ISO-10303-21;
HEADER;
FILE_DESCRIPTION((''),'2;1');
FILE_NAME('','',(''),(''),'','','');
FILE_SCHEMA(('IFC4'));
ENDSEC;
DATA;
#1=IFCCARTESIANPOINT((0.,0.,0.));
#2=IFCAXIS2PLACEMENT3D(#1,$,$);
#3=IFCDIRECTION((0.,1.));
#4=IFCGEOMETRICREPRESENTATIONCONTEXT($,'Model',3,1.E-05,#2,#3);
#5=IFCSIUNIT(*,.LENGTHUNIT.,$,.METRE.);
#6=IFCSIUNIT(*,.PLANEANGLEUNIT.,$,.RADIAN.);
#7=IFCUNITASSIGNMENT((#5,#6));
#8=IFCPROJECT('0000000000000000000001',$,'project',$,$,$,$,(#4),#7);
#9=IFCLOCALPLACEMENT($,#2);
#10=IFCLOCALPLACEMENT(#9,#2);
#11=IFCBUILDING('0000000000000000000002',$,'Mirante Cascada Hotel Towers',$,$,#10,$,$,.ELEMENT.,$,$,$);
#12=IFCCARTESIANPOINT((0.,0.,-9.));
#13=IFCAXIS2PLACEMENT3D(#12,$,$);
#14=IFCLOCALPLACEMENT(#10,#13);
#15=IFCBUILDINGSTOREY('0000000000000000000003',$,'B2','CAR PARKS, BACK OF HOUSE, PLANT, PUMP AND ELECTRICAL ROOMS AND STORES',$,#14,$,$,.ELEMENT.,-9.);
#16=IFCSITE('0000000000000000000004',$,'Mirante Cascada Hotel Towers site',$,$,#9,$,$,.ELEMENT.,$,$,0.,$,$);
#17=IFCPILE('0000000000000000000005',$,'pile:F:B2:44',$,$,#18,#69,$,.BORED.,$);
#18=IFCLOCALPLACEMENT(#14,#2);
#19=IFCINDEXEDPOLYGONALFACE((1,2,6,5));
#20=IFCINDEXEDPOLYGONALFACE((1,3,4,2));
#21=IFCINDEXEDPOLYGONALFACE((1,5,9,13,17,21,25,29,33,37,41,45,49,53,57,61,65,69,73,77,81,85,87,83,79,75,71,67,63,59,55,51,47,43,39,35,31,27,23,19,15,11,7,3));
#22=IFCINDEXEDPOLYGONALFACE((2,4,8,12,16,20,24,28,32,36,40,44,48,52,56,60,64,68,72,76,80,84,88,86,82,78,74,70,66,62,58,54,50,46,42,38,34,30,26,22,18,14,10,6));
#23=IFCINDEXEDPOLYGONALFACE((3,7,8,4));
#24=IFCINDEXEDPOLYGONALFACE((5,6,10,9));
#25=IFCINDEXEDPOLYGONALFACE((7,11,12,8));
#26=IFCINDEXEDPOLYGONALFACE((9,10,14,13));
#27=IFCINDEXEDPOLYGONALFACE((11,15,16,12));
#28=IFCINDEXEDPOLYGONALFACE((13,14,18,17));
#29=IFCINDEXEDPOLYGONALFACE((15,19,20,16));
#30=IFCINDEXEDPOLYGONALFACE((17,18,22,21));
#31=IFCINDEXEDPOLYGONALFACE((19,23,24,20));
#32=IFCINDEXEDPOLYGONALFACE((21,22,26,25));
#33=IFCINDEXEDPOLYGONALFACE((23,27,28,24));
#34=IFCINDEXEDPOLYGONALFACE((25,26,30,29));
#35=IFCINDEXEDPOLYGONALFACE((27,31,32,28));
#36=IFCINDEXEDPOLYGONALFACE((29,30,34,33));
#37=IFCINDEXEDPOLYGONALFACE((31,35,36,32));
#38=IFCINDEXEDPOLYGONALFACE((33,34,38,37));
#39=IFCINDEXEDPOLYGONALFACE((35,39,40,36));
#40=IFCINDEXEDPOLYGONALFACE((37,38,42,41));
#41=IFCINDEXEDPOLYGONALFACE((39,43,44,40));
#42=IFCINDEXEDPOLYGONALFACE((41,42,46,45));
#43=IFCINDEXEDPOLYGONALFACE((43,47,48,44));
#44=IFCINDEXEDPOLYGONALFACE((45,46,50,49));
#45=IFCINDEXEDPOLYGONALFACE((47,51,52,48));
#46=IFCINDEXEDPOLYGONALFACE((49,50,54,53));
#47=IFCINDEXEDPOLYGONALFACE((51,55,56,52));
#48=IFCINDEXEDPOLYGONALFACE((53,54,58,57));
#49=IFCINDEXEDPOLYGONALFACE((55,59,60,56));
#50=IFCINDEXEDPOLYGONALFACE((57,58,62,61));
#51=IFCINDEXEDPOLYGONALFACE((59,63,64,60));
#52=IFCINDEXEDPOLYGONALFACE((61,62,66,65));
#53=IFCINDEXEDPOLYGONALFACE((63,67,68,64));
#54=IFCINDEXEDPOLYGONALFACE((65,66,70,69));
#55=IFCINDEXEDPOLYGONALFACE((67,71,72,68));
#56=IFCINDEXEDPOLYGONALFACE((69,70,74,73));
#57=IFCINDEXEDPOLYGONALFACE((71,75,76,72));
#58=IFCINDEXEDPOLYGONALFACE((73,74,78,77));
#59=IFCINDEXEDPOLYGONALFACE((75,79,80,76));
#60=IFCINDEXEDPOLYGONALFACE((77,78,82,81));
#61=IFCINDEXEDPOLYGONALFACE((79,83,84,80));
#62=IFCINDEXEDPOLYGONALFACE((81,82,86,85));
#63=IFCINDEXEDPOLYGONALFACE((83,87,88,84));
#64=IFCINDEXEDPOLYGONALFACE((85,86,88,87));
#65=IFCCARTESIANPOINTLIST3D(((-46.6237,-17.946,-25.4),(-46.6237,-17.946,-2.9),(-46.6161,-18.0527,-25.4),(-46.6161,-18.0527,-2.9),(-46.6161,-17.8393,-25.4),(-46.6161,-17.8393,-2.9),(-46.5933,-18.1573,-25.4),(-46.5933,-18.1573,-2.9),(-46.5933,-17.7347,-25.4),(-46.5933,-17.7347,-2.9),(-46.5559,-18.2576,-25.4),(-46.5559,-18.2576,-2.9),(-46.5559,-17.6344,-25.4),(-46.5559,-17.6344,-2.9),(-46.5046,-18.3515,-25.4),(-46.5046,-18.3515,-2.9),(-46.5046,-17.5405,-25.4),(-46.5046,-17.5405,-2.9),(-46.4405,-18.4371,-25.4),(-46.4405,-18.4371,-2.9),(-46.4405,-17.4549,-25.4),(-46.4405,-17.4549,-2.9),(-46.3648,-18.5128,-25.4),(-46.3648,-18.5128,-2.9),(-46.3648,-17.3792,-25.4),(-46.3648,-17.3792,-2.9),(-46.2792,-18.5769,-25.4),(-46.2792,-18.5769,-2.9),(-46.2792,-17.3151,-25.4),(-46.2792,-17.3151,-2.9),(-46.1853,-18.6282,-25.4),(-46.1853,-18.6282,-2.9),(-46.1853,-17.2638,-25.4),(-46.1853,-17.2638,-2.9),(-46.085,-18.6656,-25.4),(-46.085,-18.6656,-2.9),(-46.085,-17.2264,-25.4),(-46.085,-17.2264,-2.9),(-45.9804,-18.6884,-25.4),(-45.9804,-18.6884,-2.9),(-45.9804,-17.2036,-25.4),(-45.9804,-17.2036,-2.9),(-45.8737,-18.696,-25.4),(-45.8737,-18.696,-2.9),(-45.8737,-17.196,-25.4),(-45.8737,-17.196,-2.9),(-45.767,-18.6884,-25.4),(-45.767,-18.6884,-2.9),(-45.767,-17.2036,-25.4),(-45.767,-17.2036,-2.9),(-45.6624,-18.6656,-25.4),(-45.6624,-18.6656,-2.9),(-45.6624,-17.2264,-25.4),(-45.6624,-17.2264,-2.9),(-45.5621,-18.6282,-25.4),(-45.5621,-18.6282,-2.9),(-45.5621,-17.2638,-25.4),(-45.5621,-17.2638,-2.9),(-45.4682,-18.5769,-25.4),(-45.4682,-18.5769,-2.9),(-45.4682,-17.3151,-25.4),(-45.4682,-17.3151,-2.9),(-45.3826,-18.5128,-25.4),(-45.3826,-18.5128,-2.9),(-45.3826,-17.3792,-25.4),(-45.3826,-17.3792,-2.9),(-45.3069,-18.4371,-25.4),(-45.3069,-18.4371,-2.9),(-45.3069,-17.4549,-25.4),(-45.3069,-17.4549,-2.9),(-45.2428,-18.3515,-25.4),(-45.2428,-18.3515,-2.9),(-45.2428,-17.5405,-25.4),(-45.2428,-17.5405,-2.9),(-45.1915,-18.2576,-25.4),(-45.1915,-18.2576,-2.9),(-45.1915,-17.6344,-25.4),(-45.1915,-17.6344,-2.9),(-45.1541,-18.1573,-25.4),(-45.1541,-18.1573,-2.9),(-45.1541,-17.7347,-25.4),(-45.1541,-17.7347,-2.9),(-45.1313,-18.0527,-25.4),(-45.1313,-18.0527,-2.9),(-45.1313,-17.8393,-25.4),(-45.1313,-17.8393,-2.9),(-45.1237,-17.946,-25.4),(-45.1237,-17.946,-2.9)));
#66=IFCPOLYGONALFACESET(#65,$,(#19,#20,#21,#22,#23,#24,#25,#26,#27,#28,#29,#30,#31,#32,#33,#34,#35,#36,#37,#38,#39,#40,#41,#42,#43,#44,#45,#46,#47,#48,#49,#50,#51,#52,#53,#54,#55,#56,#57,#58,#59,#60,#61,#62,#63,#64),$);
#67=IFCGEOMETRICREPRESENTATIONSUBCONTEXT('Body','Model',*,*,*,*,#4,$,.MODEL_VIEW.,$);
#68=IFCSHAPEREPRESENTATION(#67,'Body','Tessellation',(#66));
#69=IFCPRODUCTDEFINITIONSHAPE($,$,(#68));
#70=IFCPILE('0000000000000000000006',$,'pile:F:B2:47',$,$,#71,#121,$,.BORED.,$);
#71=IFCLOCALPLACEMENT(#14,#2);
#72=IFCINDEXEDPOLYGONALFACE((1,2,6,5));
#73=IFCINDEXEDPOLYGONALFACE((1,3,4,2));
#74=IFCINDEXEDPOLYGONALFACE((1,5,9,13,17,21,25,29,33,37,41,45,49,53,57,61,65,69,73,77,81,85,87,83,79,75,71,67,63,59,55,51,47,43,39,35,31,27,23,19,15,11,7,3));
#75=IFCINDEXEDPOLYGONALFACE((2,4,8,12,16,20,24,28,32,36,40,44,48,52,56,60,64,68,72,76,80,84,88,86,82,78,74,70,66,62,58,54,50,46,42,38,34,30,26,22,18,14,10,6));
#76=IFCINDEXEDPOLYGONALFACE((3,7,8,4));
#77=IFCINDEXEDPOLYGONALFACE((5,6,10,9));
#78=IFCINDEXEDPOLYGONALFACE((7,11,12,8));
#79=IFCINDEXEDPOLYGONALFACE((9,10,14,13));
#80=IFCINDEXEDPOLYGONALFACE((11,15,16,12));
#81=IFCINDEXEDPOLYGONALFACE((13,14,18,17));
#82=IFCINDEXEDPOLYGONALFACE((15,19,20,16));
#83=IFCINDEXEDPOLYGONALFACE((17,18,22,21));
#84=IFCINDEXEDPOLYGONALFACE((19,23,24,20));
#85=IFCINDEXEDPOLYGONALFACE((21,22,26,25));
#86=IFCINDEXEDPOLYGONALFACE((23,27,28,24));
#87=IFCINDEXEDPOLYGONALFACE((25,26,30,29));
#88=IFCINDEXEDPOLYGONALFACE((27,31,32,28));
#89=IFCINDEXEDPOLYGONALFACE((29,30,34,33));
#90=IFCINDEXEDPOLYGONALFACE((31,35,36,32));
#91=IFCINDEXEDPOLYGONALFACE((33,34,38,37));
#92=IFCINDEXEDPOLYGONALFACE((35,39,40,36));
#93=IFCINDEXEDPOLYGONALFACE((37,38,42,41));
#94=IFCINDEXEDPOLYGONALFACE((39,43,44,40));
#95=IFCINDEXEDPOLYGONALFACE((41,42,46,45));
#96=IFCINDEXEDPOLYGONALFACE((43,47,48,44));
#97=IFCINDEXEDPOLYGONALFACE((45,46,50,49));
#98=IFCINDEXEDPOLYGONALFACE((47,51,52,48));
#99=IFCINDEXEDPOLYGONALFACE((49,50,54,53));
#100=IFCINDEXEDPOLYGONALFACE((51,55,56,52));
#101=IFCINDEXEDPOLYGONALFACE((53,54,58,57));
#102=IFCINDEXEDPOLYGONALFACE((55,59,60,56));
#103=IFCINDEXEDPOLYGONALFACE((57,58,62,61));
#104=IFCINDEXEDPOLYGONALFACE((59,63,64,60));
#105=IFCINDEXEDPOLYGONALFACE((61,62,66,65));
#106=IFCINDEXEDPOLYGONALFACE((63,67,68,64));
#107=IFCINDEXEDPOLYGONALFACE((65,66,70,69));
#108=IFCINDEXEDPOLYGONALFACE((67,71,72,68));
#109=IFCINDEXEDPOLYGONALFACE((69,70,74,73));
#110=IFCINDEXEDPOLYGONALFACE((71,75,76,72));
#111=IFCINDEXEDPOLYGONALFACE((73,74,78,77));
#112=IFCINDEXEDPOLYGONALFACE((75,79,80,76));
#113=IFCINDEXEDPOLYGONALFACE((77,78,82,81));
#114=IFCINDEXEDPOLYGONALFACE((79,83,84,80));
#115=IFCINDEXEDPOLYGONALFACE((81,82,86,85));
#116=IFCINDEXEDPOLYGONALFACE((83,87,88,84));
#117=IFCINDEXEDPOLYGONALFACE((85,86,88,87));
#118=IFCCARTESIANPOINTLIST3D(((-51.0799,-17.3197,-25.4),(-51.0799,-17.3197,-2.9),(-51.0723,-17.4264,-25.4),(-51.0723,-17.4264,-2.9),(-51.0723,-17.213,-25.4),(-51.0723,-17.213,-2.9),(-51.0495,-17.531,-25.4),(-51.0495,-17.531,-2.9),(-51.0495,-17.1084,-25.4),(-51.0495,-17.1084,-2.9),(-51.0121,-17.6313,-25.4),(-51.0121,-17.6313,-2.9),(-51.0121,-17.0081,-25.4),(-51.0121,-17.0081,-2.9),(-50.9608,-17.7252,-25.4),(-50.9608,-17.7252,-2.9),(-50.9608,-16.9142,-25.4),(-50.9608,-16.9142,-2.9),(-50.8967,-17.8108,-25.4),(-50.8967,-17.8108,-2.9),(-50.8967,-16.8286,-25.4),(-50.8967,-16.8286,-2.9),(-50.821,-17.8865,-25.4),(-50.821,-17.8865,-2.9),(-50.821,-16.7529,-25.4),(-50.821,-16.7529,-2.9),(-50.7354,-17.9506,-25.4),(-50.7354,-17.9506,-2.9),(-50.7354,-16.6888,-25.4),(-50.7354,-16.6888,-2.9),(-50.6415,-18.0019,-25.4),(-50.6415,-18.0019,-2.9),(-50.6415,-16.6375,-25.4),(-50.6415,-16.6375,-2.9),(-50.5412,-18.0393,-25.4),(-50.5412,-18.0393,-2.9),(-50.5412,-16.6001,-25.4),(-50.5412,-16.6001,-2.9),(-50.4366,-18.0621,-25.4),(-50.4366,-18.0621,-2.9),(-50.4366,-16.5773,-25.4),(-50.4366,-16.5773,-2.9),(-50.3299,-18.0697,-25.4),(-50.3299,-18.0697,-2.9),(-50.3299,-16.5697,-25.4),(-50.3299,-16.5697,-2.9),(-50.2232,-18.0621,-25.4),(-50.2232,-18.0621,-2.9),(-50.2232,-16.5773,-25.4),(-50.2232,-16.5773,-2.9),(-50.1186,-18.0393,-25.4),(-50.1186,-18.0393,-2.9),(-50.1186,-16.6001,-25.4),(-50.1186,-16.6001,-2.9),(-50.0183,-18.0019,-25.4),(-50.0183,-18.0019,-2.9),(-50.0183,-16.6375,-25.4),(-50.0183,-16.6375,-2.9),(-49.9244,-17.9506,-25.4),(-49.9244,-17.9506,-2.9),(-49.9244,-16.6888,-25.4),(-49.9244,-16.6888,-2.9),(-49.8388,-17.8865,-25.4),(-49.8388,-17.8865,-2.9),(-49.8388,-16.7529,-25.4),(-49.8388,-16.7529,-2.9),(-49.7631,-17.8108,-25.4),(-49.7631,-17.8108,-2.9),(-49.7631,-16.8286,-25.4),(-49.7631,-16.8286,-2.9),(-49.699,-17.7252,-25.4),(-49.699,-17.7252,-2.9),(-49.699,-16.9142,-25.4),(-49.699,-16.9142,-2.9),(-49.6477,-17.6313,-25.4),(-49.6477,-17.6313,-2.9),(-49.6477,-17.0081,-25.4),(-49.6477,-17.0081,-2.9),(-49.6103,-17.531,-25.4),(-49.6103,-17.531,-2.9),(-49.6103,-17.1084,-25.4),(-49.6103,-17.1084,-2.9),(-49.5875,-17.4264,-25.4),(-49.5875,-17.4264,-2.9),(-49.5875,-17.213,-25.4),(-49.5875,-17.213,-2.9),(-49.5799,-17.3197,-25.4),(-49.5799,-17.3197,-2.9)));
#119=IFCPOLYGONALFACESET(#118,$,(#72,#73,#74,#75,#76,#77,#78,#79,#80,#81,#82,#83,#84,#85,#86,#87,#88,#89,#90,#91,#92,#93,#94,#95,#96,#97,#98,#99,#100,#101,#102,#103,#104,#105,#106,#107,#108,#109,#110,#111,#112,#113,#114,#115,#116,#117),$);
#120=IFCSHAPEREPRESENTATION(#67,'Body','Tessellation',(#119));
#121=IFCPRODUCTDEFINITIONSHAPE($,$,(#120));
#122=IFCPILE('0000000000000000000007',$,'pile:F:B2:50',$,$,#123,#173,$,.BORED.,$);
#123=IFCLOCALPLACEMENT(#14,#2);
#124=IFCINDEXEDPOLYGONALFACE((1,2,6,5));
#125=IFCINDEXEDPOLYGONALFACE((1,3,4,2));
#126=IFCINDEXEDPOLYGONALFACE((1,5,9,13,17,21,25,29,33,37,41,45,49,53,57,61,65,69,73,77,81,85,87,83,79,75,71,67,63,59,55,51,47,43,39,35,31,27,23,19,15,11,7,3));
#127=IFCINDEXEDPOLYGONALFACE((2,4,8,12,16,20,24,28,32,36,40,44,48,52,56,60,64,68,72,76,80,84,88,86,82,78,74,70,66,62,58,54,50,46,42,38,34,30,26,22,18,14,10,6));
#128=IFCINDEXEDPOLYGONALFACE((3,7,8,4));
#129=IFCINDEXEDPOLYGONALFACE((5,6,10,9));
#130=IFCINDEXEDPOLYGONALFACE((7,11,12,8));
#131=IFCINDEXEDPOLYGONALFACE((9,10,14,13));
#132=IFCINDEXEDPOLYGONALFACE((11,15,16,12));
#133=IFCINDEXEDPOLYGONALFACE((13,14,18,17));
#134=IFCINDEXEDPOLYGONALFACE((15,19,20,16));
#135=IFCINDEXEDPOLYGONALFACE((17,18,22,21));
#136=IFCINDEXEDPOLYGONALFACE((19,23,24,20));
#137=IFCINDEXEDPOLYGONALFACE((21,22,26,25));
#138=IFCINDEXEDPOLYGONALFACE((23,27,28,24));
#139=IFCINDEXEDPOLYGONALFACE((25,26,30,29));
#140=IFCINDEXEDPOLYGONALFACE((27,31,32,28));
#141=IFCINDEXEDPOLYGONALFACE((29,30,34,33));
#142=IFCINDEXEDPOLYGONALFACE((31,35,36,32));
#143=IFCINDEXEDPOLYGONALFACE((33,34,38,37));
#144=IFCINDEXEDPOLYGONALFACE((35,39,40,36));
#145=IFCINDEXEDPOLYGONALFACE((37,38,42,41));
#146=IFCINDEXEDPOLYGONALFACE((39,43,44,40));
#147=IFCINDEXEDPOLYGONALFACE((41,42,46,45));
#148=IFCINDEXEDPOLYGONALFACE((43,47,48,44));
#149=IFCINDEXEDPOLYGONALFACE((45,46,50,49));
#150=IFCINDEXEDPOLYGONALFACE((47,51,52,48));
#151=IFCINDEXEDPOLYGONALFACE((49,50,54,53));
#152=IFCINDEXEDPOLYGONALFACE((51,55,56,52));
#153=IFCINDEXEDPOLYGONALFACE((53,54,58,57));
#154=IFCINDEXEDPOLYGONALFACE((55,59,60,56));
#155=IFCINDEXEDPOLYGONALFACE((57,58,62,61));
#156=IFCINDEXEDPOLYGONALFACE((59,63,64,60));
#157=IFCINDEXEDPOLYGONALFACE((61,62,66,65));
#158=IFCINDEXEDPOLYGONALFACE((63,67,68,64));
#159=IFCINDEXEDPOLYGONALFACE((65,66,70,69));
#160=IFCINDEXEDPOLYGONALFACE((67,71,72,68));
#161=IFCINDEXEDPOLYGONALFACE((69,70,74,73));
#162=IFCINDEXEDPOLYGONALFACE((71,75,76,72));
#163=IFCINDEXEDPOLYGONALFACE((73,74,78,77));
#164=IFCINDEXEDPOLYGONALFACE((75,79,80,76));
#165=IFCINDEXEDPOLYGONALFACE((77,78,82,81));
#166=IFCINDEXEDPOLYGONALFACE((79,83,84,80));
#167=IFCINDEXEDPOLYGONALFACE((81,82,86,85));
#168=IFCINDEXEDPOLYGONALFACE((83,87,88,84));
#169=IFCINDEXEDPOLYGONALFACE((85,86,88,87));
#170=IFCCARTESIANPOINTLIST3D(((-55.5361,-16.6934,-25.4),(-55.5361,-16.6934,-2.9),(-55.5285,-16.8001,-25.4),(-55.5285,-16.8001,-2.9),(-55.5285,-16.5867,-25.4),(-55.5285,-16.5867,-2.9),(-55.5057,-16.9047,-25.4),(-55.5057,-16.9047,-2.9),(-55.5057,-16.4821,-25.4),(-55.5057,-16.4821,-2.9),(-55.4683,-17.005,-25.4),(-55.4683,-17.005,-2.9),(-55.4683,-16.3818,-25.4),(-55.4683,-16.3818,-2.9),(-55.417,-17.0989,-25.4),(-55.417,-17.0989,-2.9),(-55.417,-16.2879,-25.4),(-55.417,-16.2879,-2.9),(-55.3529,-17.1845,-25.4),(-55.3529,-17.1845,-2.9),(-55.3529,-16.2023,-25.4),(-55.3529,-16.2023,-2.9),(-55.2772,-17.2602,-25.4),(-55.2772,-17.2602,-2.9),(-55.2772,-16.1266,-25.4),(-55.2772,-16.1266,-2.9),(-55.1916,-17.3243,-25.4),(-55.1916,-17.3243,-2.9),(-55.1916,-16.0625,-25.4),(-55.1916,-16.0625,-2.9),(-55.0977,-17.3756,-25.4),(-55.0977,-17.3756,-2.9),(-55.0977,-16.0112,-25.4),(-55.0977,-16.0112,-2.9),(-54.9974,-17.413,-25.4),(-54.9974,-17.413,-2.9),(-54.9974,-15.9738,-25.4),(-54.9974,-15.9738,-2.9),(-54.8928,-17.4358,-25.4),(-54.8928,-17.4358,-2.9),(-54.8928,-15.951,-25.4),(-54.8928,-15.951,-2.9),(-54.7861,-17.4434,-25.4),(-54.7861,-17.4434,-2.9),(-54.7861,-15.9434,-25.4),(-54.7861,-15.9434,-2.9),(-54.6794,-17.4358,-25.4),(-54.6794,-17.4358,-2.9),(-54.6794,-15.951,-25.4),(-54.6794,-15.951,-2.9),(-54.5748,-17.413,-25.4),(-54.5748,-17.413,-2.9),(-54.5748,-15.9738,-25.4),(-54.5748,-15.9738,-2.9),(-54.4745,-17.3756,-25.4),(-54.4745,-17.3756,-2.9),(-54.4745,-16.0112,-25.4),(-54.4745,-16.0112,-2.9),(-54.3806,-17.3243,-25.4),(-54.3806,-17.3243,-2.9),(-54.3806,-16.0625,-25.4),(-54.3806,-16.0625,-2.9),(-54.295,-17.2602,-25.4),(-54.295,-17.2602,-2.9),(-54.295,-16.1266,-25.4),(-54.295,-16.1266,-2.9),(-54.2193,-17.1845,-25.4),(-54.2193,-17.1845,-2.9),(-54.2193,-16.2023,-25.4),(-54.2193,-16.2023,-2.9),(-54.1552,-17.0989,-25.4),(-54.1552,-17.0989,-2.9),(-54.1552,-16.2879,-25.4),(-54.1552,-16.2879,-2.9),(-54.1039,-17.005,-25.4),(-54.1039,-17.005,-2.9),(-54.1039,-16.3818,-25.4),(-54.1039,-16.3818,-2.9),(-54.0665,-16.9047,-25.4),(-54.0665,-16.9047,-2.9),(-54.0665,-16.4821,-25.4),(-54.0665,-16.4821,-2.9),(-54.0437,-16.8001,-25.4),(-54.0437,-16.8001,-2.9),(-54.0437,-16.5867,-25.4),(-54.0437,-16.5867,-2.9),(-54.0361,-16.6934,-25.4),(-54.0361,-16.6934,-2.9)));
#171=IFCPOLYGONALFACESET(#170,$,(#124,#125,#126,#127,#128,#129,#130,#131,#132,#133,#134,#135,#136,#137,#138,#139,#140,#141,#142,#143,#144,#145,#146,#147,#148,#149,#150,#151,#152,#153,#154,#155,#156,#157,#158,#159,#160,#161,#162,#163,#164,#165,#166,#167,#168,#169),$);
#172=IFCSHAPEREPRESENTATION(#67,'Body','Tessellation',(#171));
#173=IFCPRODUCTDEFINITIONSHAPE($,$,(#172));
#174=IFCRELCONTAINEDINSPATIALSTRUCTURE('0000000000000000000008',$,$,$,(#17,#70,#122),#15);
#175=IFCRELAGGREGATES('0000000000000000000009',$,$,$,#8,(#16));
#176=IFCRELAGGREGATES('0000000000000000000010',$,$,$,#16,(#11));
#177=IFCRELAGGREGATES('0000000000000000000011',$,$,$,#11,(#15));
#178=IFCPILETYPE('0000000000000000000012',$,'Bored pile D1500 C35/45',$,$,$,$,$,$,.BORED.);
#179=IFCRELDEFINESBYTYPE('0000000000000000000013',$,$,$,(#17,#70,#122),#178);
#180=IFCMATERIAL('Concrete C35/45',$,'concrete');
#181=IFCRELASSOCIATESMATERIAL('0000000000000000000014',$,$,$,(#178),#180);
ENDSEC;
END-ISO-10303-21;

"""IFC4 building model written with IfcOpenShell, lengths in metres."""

from ifc_helpers import new_model, si_unit, direction, frame, origin, origin_2d, place, context, subcontext, project, spatial, circle, extrude, material, material_profile, profile_set, type_object, element, save


model = new_model("IFC4")

# Units and contexts
model_context = context("Model", 3, precision=1e-05, world=origin(), true_north=direction((0.0, 1.0)))
body_context = subcontext(model_context, "Body", "Model", "MODEL_VIEW")
ifc_project = project(units=[si_unit("LENGTHUNIT", "METRE"), si_unit("PLANEANGLEUNIT", "RADIAN")], contexts=[model_context])

# Site, building, storey
site_placement = place(None, origin())
site = spatial("IfcSite", under=ifc_project, at=site_placement, Name="Mirante Cascada Hotel Towers site", CompositionType="ELEMENT", RefElevation=0.0)
building_placement = place(site_placement, origin())
building = spatial("IfcBuilding", under=site, at=building_placement, Name="Mirante Cascada Hotel Towers", CompositionType="ELEMENT")
storey_placement = place(building_placement, frame((0.0, 0.0, -9.0)))
storey = spatial("IfcBuildingStorey", under=building, at=storey_placement, Name="B2", Description="CAR PARKS, BACK OF HOUSE, PLANT, PUMP AND ELECTRICAL ROOMS AND STORES", CompositionType="ELEMENT", Elevation=-9.0)

# Piles
ifc_material_1 = material(Name="Concrete C35/45", Category="concrete")
ifc_material_profile_1 = material_profile(ifc_material_1, circle(Radius=0.75, at=origin_2d()), Name="RC D1500")
ifc_profile_set_1 = profile_set([ifc_material_profile_1], Name="Concrete C35/45")
pile_type = type_object("IfcPileType", Name="Bored pile D1500 C35/45", PredefinedType="BORED", material=ifc_profile_set_1)
for number, where, z_axis, x_axis, name in (
    (1, (-45.8737, -17.946, -2.9), (0.0, 0.0, -1.0), (1.0, 0.0, 0.0), "pile:F:B2:44"),
    (2, (-50.3299, -17.3197, -2.9), (0.0, 0.0, -1.0), (1.0, 0.0, 0.0), "pile:F:B2:47"),
    (3, (-54.7861, -16.6934, -2.9), (0.0, 0.0, -1.0), (1.0, 0.0, 0.0), "pile:F:B2:50"),
):
    element("IfcPile", number, at=place(storey_placement, frame(where, z_axis=z_axis, x_axis=x_axis)), inside=storey, type_object=pile_type, Name=name, PredefinedType="BORED", context=body_context, shape_type="SweptSolid", body=[
        extrude(circle(Radius=0.75, at=origin_2d()), origin(), (0.0, 0.0, 1.0), 22.5),
    ])

save(model, "model.ifc")
